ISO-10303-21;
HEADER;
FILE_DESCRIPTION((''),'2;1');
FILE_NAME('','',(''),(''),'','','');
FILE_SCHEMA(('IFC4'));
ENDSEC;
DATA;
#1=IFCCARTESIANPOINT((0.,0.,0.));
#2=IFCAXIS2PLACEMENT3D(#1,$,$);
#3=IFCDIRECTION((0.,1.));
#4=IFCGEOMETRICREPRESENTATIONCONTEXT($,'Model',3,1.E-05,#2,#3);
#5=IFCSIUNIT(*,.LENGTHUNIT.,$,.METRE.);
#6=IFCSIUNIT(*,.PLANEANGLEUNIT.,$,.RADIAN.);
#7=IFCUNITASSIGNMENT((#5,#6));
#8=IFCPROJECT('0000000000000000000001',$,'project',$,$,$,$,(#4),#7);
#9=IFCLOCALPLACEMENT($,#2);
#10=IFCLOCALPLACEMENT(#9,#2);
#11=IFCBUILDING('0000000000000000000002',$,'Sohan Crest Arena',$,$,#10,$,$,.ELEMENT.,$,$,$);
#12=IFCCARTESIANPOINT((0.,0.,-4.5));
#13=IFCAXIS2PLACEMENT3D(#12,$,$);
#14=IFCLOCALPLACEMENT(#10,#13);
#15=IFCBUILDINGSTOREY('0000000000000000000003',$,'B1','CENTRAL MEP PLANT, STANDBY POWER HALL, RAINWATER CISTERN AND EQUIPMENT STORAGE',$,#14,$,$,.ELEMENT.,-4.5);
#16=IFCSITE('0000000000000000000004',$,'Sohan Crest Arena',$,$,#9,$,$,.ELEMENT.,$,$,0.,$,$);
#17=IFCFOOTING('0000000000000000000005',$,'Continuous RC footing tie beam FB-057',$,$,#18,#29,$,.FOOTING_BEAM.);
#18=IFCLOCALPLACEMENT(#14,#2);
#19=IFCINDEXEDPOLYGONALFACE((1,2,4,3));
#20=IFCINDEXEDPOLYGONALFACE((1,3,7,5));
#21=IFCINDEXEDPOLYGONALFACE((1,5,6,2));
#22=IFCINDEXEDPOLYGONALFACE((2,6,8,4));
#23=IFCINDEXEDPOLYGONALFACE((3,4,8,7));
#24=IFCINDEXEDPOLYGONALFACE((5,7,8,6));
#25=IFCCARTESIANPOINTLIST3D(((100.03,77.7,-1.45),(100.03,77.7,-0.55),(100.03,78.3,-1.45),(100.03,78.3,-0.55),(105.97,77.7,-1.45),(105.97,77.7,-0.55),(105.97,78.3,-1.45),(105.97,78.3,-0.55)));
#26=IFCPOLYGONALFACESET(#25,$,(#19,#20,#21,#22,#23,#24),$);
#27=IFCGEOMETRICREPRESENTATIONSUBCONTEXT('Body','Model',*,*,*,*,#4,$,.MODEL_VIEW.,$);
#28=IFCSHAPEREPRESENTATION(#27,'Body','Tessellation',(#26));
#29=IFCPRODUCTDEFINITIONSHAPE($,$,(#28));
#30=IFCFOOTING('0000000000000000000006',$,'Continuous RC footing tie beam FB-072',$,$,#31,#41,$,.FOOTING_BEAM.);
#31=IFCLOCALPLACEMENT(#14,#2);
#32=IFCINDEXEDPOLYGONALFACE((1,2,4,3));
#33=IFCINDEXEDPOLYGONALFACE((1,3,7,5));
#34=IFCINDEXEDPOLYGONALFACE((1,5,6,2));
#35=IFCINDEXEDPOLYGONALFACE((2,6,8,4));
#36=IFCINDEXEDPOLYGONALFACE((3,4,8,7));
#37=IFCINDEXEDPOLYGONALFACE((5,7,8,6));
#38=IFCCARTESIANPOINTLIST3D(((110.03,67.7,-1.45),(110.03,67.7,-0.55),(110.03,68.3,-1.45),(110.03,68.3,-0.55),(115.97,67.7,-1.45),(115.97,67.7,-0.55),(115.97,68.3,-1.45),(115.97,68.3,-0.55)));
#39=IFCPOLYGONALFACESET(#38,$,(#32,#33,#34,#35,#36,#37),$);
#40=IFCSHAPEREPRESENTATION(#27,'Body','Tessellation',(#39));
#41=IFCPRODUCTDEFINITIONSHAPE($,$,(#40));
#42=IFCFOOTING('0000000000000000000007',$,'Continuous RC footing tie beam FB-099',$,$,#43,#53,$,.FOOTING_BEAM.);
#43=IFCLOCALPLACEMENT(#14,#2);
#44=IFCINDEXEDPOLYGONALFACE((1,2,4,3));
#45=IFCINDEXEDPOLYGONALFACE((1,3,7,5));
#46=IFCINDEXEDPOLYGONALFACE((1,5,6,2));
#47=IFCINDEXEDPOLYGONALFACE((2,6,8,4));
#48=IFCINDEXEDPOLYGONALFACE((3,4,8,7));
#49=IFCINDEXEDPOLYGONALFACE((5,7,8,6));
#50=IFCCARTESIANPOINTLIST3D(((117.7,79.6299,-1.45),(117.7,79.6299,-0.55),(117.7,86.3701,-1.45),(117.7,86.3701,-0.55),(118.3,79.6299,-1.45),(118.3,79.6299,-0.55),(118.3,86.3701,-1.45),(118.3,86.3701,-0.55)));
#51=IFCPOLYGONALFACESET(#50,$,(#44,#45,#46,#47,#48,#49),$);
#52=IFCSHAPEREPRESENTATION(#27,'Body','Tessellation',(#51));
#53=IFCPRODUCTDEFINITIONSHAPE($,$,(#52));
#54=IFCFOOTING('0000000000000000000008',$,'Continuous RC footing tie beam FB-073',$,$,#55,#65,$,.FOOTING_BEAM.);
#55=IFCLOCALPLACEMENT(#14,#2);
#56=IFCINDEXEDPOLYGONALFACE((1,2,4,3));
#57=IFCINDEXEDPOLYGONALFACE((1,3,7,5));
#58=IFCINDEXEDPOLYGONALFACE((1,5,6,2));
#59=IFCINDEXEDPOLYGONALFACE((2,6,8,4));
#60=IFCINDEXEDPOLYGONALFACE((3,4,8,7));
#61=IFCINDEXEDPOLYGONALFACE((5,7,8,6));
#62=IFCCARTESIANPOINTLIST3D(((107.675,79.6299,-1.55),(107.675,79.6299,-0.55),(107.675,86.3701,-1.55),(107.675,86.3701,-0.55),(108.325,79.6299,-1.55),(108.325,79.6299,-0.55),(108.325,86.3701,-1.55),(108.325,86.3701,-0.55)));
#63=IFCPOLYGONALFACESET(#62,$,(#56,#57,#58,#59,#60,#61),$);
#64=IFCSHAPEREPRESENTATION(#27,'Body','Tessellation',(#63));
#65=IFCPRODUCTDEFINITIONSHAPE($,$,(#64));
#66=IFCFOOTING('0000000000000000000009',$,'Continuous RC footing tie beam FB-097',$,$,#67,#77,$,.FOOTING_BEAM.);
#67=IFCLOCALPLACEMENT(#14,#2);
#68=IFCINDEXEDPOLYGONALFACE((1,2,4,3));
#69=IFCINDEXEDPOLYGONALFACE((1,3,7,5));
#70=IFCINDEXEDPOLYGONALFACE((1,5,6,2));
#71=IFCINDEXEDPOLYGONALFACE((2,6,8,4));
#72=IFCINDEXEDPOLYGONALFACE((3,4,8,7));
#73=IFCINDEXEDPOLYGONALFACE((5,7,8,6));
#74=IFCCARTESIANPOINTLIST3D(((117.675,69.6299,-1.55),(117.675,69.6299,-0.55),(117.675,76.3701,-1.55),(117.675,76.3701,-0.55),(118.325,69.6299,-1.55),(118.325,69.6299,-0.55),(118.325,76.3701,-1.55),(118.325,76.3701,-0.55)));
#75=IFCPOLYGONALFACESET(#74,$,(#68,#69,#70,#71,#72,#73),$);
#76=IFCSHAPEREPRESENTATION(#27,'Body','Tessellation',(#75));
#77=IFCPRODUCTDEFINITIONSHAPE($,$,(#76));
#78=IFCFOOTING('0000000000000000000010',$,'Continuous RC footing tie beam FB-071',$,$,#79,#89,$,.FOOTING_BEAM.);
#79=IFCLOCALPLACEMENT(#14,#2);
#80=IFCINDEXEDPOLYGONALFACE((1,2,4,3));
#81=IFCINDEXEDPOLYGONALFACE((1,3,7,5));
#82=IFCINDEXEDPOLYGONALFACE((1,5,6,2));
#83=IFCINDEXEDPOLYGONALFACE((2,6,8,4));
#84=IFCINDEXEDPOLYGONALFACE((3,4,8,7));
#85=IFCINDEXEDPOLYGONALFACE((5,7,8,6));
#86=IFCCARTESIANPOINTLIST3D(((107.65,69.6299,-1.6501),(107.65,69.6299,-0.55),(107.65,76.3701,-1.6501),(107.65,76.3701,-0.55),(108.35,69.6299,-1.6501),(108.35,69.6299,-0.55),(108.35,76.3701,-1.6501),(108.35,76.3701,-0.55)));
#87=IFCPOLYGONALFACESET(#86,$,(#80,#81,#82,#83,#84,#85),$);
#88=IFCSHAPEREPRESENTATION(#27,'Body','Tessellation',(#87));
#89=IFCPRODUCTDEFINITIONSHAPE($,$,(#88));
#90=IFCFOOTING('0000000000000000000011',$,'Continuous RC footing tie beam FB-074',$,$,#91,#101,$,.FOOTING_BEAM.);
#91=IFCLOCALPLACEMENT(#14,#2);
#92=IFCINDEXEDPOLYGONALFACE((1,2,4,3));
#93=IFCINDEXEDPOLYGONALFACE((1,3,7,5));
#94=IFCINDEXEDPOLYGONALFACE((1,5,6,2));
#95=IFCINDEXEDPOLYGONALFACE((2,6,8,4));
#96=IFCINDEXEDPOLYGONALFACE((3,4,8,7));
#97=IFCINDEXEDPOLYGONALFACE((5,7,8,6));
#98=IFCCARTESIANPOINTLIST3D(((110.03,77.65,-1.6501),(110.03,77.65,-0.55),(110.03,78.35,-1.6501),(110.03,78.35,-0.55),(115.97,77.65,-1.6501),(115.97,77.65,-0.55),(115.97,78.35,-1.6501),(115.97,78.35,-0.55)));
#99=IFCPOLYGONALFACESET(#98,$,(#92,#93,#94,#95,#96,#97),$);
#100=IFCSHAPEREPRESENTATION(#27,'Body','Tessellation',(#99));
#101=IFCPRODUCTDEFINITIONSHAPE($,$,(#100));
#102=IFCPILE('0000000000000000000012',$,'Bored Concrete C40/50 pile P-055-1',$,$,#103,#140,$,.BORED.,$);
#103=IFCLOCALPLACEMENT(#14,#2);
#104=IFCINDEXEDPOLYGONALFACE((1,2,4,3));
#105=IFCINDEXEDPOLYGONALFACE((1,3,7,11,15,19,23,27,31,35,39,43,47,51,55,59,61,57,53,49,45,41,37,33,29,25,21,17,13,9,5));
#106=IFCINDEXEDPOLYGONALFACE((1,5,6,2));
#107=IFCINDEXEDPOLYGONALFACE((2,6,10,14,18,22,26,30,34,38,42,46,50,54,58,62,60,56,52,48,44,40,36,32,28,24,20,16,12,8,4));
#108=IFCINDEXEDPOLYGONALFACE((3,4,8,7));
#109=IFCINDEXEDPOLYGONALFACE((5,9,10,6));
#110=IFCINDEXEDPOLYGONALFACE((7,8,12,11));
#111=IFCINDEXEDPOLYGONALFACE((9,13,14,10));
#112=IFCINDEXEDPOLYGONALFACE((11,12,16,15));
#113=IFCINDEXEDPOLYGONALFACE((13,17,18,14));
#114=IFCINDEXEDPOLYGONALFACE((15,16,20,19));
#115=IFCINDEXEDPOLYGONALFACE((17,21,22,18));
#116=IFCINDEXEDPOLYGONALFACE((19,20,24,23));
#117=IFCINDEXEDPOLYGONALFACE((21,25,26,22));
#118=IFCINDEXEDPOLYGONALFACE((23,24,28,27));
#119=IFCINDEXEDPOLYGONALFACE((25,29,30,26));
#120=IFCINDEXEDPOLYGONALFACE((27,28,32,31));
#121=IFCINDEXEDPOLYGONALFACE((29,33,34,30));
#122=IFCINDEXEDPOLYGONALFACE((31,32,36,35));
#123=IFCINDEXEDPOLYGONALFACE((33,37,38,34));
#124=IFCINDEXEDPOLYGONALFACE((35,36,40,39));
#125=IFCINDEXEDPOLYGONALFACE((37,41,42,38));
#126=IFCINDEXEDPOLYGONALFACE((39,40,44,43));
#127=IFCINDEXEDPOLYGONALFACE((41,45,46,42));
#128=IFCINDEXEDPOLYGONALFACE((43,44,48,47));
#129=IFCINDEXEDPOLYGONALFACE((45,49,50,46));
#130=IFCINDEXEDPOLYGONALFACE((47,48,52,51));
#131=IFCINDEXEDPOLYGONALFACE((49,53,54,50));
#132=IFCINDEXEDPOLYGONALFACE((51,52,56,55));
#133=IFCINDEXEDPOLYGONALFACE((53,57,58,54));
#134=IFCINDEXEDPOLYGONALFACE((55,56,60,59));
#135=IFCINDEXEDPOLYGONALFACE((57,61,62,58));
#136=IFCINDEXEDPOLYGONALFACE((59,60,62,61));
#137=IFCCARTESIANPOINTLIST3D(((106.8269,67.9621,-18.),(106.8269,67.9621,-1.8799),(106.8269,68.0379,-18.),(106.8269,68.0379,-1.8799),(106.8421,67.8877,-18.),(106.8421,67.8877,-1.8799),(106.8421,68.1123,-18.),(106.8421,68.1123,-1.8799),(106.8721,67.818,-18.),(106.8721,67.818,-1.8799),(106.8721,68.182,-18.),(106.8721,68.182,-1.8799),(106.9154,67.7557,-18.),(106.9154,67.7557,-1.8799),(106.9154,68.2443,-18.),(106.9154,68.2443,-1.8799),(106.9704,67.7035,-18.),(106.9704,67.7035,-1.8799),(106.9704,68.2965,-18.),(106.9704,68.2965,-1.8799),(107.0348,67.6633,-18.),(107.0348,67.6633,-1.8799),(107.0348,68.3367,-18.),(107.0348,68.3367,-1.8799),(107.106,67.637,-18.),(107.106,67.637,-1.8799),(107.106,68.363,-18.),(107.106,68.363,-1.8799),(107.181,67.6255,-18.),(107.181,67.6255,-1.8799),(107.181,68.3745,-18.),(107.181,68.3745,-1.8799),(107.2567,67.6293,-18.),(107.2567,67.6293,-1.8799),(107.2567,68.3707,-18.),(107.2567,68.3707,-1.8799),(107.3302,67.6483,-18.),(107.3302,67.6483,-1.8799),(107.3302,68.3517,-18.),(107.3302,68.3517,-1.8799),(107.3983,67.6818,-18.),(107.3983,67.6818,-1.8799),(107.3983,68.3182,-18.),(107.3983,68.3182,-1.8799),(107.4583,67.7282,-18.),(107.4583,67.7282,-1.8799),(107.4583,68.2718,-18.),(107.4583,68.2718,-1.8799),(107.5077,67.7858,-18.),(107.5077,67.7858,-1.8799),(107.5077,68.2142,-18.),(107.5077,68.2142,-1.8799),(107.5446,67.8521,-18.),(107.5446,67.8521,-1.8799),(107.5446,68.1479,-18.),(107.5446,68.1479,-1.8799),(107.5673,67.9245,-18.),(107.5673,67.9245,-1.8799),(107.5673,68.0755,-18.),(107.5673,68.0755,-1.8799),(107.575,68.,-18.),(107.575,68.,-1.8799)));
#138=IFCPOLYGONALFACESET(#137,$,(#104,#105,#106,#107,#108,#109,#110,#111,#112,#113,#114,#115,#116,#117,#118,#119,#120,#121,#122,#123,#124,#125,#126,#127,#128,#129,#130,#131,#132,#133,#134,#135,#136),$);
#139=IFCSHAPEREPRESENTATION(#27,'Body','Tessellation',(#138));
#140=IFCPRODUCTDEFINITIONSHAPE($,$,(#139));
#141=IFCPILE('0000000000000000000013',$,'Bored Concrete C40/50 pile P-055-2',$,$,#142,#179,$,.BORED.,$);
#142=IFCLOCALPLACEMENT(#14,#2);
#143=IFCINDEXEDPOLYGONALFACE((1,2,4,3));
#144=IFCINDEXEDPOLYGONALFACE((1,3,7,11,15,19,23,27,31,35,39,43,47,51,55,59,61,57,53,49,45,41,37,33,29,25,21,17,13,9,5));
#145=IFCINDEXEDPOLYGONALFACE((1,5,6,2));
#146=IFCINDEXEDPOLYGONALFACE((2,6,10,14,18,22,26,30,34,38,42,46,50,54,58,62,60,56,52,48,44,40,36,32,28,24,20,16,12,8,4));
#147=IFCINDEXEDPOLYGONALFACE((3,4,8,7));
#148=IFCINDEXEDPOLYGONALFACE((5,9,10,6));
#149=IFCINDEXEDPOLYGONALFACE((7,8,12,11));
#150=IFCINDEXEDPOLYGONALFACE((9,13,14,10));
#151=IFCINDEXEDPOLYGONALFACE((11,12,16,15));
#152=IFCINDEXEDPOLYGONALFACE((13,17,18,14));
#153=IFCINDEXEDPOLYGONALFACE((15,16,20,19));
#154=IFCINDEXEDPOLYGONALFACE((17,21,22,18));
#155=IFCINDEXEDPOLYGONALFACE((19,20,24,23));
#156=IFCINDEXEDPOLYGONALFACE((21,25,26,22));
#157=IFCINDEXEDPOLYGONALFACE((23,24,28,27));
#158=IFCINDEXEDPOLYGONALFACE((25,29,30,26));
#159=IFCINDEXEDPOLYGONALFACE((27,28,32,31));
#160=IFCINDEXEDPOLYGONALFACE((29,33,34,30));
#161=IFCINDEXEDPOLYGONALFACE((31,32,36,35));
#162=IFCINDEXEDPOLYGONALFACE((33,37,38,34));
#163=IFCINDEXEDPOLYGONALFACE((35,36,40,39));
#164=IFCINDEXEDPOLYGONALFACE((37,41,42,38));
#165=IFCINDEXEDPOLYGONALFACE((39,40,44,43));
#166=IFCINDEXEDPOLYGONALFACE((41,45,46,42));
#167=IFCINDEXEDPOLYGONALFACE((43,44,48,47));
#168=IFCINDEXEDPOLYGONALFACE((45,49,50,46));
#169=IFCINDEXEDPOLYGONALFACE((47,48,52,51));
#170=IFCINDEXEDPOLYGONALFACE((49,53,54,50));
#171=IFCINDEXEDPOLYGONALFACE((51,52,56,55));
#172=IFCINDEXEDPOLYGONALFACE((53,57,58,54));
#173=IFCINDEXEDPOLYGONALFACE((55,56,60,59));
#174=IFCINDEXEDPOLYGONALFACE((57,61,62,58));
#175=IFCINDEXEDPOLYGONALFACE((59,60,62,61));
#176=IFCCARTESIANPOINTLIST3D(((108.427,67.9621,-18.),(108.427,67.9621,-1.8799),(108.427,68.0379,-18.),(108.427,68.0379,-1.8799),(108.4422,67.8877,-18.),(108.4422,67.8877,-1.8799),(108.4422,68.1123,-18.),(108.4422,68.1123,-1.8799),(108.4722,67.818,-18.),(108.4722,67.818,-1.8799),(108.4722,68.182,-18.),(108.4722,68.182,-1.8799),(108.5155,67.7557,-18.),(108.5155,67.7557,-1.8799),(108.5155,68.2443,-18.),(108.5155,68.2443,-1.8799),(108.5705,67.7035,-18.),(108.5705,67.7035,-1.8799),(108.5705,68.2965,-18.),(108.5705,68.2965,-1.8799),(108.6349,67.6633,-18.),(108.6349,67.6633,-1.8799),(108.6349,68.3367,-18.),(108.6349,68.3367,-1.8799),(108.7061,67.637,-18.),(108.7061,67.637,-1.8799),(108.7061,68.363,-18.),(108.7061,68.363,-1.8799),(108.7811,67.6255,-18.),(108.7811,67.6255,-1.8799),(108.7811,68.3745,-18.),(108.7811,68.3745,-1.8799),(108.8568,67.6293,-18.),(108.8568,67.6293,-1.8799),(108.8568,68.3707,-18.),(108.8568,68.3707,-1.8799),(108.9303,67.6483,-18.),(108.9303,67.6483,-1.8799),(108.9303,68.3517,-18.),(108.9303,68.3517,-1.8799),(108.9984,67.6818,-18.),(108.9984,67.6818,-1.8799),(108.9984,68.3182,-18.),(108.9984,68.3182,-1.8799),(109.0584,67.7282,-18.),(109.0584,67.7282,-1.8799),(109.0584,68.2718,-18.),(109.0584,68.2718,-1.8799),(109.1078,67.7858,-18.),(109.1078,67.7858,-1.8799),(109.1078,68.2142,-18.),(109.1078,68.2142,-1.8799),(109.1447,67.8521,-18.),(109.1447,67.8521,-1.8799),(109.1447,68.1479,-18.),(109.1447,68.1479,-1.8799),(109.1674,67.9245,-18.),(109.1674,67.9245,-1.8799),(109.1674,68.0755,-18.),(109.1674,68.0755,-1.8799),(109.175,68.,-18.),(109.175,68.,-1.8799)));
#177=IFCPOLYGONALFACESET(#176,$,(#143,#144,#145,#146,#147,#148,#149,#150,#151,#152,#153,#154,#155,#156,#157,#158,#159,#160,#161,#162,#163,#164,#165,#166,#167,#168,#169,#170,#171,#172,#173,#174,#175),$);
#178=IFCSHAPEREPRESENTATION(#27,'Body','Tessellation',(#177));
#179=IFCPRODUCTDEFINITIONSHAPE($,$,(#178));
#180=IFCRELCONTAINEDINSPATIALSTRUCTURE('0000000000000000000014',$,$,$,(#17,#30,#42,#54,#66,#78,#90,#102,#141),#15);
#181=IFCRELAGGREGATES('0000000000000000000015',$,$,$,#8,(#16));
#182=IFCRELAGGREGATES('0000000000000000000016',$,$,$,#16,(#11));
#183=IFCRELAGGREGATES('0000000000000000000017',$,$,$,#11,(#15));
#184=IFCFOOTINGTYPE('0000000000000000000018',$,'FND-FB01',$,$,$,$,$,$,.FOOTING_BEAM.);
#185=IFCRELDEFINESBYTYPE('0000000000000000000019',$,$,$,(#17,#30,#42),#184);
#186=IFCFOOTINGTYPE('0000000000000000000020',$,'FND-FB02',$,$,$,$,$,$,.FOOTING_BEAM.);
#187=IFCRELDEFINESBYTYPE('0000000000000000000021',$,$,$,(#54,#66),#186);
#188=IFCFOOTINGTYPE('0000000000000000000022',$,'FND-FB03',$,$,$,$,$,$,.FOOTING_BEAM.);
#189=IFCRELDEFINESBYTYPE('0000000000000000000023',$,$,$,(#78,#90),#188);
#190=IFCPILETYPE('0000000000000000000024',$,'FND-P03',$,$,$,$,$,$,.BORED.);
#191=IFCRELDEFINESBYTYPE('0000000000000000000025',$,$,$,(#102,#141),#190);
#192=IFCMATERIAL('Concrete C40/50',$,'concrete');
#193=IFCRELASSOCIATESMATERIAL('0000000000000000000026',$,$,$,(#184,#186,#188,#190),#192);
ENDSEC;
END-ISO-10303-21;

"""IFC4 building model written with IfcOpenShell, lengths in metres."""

from ifc_helpers import new_model, si_unit, direction, frame, origin, origin_2d, place, context, subcontext, project, spatial, rectangle, circle, extrude, material, material_profile, profile_set, type_object, element, save


model = new_model("IFC4")

# Units and contexts
model_context = context("Model", 3, precision=1e-05, world=origin(), true_north=direction((0.0, 1.0)))
body_context = subcontext(model_context, "Body", "Model", "MODEL_VIEW")
ifc_project = project(units=[si_unit("LENGTHUNIT", "METRE"), si_unit("PLANEANGLEUNIT", "RADIAN")], contexts=[model_context])

# Site, building, storey
site_placement = place(None, origin())
site = spatial("IfcSite", under=ifc_project, at=site_placement, Name="Sohan Crest Arena", CompositionType="ELEMENT", RefElevation=0.0)
building_placement = place(site_placement, origin())
building = spatial("IfcBuilding", under=site, at=building_placement, Name="Sohan Crest Arena", CompositionType="ELEMENT")
storey_placement = place(building_placement, frame((0.0, 0.0, -4.5)))
storey = spatial("IfcBuildingStorey", under=building, at=storey_placement, Name="B1", Description="CENTRAL MEP PLANT, STANDBY POWER HALL, RAINWATER CISTERN AND EQUIPMENT STORAGE", CompositionType="ELEMENT", Elevation=-4.5)

# Footings
ifc_material = material(Name="Concrete C40/50", Category="concrete")
ifc_material_profile_1 = material_profile(ifc_material, rectangle(XDim=0.6001, YDim=0.8999, at=origin_2d()), Name="RC-FB 600x900")
ifc_profile_set_1 = profile_set([ifc_material_profile_1], Name="Concrete C40/50")
footing_type_1 = type_object("IfcFootingType", Name="FND-FB01", PredefinedType="FOOTING_BEAM", material=ifc_profile_set_1)
for number, where, z_axis, x_axis, name in (
    (1, (100.03, 78.0, -1.0), (1.0, 0.0, 0.0), (0.0, 1.0, 0.0), "Continuous RC footing tie beam FB-057"),
    (2, (110.03, 68.0, -1.0), (1.0, 0.0, 0.0), (0.0, 1.0, 0.0), "Continuous RC footing tie beam FB-072"),
):
    element("IfcFooting", number, at=place(storey_placement, frame(where, z_axis=z_axis, x_axis=x_axis)), inside=storey, type_object=footing_type_1, Name=name, PredefinedType="FOOTING_BEAM", context=body_context, shape_type="SweptSolid", body=[
        extrude(rectangle(XDim=0.6001, YDim=0.8999, at=origin_2d()), origin(), (0.0, 0.0, 1.0), 5.9399),
    ])
footing_1_placement = place(storey_placement, frame((118.0, 79.6299, -1.0), z_axis=(0.0, 1.0, 0.0), x_axis=(-1.0, 0.0, 0.0)))
element("IfcFooting", 3, at=footing_1_placement, inside=storey, type_object=footing_type_1, Name="Continuous RC footing tie beam FB-099", PredefinedType="FOOTING_BEAM", context=body_context, shape_type="SweptSolid", body=[
    extrude(rectangle(XDim=0.6001, YDim=0.8999, at=origin_2d()), origin(), (0.0, 0.0, 1.0), 6.7402),
])
ifc_material_profile_2 = material_profile(ifc_material, rectangle(XDim=0.6499, YDim=1.0, at=origin_2d()), Name="RC-FB 650x1000")
ifc_profile_set_2 = profile_set([ifc_material_profile_2], Name="Concrete C40/50")
footing_type_2 = type_object("IfcFootingType", Name="FND-FB02", PredefinedType="FOOTING_BEAM", material=ifc_profile_set_2)
for number, where, z_axis, x_axis, name in (
    (4, (108.0, 79.6299, -1.05), (0.0, 1.0, 0.0), (-1.0, 0.0, 0.0), "Continuous RC footing tie beam FB-073"),
    (5, (118.0, 69.6299, -1.05), (0.0, 1.0, 0.0), (-1.0, 0.0, 0.0), "Continuous RC footing tie beam FB-097"),
):
    element("IfcFooting", number, at=place(storey_placement, frame(where, z_axis=z_axis, x_axis=x_axis)), inside=storey, type_object=footing_type_2, Name=name, PredefinedType="FOOTING_BEAM", context=body_context, shape_type="SweptSolid", body=[
        extrude(rectangle(XDim=0.6499, YDim=1.0, at=origin_2d()), origin(), (0.0, 0.0, 1.0), 6.7402),
    ])
ifc_material_profile_3 = material_profile(ifc_material, rectangle(XDim=0.7, YDim=1.1001, at=origin_2d()), Name="RC-FB 700x1100")
ifc_profile_set_3 = profile_set([ifc_material_profile_3], Name="Concrete C40/50")
footing_type_3 = type_object("IfcFootingType", Name="FND-FB03", PredefinedType="FOOTING_BEAM", material=ifc_profile_set_3)
footing_2_placement = place(storey_placement, frame((108.0, 69.6299, -1.1001), z_axis=(0.0, 1.0, 0.0), x_axis=(-1.0, 0.0, 0.0)))
element("IfcFooting", 6, at=footing_2_placement, inside=storey, type_object=footing_type_3, Name="Continuous RC footing tie beam FB-071", PredefinedType="FOOTING_BEAM", context=body_context, shape_type="SweptSolid", body=[
    extrude(rectangle(XDim=0.7, YDim=1.1001, at=origin_2d()), origin(), (0.0, 0.0, 1.0), 6.7402),
])
footing_3_placement = place(storey_placement, frame((110.03, 78.0, -1.1001), z_axis=(1.0, 0.0, 0.0), x_axis=(0.0, 1.0, 0.0)))
element("IfcFooting", 7, at=footing_3_placement, inside=storey, type_object=footing_type_3, Name="Continuous RC footing tie beam FB-074", PredefinedType="FOOTING_BEAM", context=body_context, shape_type="SweptSolid", body=[
    extrude(rectangle(XDim=0.7, YDim=1.1001, at=origin_2d()), origin(), (0.0, 0.0, 1.0), 5.9399),
])

# Piles
ifc_material_profile_4 = material_profile(ifc_material, circle(Radius=0.375, at=origin_2d()), Name="PILE D750")
ifc_profile_set_4 = profile_set([ifc_material_profile_4], Name="Concrete C40/50")
pile_type = type_object("IfcPileType", Name="FND-P03", PredefinedType="BORED", material=ifc_profile_set_4)
for number, where, z_axis, x_axis, name in (
    (8, (107.2, 68.0, -18.0), (0.0, 0.0, 1.0), (1.0, 0.0, 0.0), "Bored Concrete C40/50 pile P-055-1"),
    (9, (108.8, 68.0, -18.0), (0.0, 0.0, 1.0), (1.0, 0.0, 0.0), "Bored Concrete C40/50 pile P-055-2"),
):
    element("IfcPile", number, at=place(storey_placement, frame(where, z_axis=z_axis, x_axis=x_axis)), inside=storey, type_object=pile_type, Name=name, PredefinedType="BORED", context=body_context, shape_type="SweptSolid", body=[
        extrude(circle(Radius=0.375, at=origin_2d()), origin(), (0.0, 0.0, 1.0), 16.1201),
    ])

save(model, "model.ifc")
